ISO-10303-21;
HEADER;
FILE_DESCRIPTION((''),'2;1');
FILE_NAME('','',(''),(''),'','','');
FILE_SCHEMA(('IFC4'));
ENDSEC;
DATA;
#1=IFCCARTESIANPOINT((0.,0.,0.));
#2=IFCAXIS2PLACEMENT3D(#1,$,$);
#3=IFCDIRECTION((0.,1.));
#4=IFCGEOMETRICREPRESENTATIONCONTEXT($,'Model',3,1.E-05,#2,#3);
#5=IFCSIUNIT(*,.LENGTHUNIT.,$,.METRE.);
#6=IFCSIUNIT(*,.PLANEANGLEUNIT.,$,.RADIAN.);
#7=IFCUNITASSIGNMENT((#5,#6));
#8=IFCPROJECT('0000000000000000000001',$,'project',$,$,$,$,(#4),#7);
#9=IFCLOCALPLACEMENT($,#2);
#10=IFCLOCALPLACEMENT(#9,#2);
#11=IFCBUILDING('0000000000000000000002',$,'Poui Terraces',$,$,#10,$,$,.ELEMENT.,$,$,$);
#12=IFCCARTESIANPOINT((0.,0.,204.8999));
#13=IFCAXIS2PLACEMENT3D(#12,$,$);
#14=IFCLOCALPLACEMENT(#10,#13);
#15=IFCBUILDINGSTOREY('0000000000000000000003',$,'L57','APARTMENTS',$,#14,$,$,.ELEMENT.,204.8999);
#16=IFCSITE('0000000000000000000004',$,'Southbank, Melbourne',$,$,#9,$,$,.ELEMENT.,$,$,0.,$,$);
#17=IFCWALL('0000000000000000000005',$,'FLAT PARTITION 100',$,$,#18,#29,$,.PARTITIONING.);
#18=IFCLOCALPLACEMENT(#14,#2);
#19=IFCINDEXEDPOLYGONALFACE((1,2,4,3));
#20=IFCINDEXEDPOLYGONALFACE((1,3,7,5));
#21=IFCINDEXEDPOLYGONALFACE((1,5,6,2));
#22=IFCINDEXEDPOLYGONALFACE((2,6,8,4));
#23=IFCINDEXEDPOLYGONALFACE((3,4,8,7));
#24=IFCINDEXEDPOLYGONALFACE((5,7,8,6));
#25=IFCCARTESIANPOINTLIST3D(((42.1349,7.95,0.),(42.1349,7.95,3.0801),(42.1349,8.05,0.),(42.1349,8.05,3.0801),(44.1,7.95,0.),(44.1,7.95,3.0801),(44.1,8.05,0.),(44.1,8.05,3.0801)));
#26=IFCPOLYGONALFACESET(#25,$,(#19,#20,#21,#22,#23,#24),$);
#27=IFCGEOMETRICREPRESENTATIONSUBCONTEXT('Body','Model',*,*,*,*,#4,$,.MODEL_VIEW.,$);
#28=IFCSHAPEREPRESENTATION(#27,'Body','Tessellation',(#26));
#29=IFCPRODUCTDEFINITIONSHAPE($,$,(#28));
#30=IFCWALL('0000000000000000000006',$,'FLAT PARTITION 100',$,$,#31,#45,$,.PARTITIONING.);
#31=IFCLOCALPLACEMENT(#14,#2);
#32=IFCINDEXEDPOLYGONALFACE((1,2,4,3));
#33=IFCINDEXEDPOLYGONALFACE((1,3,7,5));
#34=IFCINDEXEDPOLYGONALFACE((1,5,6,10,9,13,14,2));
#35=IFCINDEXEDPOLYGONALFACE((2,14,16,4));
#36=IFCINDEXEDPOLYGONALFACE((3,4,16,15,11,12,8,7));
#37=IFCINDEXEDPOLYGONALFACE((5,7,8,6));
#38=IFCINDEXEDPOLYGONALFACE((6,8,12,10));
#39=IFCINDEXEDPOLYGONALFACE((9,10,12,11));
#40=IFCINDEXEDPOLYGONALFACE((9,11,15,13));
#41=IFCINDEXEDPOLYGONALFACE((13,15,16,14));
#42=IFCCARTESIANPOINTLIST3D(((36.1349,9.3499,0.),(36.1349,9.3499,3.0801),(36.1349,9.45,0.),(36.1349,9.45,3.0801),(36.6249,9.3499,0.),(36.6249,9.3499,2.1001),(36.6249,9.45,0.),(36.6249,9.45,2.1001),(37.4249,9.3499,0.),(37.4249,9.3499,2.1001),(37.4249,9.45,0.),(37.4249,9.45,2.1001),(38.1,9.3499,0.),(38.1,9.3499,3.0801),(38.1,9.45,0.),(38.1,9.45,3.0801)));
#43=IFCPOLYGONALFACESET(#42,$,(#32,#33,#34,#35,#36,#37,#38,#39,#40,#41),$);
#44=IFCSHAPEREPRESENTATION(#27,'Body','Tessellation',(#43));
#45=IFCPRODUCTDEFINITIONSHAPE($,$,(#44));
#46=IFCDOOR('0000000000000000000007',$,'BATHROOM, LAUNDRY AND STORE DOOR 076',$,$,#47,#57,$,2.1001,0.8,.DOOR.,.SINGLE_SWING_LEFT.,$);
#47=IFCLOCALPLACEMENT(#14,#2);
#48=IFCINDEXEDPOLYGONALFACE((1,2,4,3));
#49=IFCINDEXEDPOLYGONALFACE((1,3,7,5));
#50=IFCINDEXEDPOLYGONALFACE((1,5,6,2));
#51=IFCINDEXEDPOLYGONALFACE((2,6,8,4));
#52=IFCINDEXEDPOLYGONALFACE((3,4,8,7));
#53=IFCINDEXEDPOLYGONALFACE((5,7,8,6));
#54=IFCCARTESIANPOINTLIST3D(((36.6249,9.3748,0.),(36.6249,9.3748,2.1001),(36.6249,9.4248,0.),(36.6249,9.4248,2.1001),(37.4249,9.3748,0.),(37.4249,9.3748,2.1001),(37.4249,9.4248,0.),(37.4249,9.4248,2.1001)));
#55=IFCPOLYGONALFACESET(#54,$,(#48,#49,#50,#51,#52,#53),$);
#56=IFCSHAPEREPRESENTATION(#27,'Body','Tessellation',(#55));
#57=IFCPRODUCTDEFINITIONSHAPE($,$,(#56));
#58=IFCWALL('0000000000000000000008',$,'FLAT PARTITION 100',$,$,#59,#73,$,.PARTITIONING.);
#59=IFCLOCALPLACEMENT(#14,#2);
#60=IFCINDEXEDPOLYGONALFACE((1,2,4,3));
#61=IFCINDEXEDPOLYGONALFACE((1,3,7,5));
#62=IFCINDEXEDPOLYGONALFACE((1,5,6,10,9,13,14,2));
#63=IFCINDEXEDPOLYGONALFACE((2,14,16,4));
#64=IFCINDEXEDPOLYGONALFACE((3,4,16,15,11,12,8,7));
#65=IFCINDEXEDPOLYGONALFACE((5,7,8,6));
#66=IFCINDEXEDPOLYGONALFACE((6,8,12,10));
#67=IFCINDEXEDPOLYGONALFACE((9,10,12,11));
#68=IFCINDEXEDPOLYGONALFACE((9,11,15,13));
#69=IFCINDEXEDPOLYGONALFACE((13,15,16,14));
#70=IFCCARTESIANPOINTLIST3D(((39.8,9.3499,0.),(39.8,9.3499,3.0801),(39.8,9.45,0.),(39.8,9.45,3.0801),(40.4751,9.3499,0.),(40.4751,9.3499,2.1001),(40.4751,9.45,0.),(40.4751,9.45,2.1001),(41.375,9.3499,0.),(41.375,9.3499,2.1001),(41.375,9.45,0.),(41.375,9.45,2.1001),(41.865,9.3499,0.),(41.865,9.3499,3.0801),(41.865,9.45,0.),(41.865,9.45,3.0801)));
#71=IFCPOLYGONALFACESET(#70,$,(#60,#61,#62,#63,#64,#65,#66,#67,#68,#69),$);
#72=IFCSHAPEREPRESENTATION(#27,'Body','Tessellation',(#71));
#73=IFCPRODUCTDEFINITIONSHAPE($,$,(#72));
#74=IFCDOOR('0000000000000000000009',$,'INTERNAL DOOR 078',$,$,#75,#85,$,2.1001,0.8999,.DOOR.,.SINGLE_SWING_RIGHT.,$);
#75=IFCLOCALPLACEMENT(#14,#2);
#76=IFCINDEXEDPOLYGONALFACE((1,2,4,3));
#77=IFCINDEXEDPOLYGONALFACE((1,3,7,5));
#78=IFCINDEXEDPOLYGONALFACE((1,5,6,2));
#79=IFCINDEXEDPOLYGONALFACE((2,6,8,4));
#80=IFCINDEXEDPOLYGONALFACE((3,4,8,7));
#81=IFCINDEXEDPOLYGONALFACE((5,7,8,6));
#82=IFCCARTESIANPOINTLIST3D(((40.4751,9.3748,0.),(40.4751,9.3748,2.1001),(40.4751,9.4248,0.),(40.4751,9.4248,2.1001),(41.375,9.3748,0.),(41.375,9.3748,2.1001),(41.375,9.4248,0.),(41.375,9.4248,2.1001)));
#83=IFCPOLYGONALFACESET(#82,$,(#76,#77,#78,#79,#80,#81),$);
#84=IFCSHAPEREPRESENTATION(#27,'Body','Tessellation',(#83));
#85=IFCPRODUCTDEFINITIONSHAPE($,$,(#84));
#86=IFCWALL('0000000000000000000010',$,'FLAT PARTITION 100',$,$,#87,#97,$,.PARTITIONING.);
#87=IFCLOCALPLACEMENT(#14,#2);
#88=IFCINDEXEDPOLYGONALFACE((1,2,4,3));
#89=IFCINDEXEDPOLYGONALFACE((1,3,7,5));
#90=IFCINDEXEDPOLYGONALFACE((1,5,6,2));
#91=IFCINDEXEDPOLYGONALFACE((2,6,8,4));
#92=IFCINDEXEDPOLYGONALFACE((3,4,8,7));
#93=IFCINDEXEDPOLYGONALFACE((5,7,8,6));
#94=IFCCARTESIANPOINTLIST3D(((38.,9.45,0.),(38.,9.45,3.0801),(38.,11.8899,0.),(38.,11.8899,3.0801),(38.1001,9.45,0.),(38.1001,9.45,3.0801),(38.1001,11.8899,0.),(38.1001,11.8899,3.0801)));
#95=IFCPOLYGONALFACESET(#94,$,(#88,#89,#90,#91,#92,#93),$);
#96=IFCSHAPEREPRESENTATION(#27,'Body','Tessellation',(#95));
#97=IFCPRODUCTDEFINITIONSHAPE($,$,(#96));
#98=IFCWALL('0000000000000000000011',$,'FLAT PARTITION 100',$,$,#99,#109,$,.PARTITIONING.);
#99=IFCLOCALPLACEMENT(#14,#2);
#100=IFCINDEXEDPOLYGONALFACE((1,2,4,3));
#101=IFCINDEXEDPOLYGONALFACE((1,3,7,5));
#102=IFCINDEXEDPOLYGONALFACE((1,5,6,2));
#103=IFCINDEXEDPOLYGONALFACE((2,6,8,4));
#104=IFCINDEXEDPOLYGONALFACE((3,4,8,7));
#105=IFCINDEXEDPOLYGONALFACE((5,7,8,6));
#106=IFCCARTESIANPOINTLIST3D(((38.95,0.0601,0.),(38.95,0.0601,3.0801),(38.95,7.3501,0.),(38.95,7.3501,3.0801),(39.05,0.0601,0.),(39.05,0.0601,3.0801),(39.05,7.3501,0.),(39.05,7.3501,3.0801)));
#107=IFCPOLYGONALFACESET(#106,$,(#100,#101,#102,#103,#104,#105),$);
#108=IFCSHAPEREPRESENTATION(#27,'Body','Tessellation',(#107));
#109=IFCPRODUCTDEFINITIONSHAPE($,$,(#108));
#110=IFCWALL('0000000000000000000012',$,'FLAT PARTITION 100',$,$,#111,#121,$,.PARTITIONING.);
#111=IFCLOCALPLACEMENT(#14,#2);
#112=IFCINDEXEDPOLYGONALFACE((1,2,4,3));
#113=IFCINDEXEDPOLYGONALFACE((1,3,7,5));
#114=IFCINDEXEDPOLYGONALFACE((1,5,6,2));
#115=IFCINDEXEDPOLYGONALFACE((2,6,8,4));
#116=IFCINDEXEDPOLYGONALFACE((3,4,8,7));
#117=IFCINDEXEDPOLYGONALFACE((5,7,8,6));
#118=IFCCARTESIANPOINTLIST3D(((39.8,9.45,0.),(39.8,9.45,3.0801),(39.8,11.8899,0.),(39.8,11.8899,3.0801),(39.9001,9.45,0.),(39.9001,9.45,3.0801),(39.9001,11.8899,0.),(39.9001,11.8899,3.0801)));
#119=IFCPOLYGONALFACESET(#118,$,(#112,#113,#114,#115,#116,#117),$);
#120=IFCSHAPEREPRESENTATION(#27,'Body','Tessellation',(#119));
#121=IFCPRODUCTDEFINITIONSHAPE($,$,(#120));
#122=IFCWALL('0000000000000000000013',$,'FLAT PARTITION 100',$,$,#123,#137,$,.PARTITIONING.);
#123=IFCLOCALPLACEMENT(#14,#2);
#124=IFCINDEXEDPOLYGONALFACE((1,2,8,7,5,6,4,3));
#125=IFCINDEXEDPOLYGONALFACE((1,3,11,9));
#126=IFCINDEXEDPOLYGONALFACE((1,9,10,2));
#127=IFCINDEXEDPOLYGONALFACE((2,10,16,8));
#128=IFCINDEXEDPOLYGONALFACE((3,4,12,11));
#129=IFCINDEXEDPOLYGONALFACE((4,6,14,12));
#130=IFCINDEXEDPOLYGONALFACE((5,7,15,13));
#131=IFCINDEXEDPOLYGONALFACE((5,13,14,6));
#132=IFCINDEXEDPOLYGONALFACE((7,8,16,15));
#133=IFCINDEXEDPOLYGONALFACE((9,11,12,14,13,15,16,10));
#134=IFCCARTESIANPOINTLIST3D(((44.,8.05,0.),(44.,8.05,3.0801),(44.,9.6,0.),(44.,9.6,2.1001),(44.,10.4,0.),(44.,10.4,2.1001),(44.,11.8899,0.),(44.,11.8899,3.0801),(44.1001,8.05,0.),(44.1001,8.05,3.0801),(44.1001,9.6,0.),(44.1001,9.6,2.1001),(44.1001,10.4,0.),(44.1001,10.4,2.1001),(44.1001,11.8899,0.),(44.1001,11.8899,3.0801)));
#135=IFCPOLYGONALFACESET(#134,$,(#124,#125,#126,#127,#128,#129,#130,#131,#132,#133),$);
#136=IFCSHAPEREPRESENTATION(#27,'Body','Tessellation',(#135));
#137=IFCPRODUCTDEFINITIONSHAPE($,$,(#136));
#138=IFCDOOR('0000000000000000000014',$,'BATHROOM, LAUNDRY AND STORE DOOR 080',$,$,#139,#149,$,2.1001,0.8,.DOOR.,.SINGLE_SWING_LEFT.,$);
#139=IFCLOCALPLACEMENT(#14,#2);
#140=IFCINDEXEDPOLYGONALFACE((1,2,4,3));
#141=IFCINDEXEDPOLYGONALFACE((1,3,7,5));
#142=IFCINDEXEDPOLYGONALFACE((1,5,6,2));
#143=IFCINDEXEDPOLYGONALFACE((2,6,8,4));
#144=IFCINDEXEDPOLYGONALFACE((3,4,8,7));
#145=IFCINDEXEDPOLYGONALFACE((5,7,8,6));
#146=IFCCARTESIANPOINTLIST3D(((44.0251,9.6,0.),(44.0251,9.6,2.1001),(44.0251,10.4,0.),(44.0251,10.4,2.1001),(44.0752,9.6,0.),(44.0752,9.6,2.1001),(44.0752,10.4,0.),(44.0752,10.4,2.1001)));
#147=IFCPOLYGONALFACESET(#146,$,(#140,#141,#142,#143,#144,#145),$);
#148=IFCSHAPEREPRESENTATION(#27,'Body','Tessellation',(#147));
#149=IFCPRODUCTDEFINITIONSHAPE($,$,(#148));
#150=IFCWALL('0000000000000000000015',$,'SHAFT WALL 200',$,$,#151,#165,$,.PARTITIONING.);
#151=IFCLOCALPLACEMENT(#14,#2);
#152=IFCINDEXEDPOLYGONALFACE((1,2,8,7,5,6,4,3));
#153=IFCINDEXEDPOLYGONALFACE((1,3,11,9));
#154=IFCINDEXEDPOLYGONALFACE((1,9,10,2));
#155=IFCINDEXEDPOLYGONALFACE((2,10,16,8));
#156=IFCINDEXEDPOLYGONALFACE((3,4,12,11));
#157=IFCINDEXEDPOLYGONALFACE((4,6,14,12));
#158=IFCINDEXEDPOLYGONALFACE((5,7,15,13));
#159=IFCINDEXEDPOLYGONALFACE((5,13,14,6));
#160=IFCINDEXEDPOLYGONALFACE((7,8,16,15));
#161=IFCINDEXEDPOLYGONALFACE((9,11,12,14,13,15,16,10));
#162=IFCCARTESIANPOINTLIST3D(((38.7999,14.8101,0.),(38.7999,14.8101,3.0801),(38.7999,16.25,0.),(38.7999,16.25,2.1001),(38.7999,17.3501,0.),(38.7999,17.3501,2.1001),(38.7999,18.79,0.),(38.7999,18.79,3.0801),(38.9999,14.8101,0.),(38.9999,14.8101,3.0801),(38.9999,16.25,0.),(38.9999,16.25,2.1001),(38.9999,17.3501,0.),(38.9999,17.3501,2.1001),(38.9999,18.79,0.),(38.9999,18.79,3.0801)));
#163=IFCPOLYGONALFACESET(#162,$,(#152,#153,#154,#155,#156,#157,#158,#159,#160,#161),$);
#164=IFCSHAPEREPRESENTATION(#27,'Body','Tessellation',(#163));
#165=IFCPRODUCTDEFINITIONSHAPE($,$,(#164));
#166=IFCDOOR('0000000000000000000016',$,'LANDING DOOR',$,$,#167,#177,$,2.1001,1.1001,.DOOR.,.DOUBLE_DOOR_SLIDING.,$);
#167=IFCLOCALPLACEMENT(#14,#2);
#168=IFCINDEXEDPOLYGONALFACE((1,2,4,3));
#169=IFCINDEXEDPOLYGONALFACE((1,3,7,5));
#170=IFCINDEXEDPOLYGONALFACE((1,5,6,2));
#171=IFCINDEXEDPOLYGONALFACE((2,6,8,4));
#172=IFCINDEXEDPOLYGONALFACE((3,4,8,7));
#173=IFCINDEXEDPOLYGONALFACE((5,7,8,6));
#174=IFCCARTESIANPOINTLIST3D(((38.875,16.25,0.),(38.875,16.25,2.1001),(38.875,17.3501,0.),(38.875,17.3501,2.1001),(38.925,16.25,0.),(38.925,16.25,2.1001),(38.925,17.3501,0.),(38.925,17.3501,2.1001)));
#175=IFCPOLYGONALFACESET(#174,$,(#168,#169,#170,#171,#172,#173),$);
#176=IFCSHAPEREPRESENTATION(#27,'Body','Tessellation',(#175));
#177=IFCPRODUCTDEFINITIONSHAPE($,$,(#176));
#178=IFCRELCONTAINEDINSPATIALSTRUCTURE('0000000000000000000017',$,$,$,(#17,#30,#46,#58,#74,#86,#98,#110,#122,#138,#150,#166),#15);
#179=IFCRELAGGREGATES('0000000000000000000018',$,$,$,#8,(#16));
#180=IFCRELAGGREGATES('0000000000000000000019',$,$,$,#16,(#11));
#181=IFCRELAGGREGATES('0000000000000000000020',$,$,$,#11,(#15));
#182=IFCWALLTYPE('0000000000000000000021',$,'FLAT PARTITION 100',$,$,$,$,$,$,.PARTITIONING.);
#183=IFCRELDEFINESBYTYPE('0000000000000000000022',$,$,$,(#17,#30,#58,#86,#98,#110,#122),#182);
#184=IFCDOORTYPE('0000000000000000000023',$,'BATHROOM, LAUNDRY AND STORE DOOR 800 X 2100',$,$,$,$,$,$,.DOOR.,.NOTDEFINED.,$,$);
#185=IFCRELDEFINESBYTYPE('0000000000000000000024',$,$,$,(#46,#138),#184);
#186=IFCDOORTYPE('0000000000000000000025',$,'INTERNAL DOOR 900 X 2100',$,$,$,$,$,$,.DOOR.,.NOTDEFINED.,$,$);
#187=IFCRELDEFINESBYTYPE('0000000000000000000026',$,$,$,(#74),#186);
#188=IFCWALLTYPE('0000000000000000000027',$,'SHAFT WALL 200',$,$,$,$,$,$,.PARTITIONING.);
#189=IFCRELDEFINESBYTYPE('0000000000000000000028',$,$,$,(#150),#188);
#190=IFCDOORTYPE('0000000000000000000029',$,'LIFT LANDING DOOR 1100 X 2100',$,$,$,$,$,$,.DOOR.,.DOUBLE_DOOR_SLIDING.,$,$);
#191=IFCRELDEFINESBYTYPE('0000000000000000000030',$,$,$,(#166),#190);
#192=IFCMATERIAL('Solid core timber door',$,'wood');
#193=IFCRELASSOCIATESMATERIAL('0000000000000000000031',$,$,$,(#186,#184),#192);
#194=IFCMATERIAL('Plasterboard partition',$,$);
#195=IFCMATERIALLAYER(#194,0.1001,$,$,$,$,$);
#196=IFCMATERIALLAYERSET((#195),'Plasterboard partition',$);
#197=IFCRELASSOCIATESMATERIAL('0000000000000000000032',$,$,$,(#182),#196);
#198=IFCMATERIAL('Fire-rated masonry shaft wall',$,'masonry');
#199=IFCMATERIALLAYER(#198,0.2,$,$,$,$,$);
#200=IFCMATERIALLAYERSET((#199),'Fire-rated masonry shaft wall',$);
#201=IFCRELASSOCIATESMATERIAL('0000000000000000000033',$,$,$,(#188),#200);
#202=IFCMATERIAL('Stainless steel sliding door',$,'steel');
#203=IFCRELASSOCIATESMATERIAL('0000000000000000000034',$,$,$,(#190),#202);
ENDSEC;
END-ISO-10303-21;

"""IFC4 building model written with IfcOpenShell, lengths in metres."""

from ifc_helpers import new_model, si_unit, direction, frame, frame_2d, origin, place, context, subcontext, project, spatial, rectangle, extrude, material, layer, layer_set, type_object, element, fill, save


model = new_model("IFC4")

# Units and contexts
model_context = context("Model", 3, precision=1e-05, world=origin(), true_north=direction((0.0, 1.0)))
body_context = subcontext(model_context, "Body", "Model", "MODEL_VIEW")
ifc_project = project(units=[si_unit("LENGTHUNIT", "METRE"), si_unit("PLANEANGLEUNIT", "RADIAN")], contexts=[model_context])

# Site, building, storey
site_placement = place(None, origin())
site = spatial("IfcSite", under=ifc_project, at=site_placement, Name="Southbank, Melbourne", CompositionType="ELEMENT", RefElevation=0.0)
building_placement = place(site_placement, origin())
building = spatial("IfcBuilding", under=site, at=building_placement, Name="Poui Terraces", CompositionType="ELEMENT")
storey_placement = place(building_placement, frame((0.0, 0.0, 204.8999)))
storey = spatial("IfcBuildingStorey", under=building, at=storey_placement, Name="L57", Description="APARTMENTS", CompositionType="ELEMENT", Elevation=204.8999)

# Shared definitions
ifc_material_1 = material(Name="Solid core timber door", Category="wood")
door_type_1 = type_object("IfcDoorType", Name="INTERNAL DOOR 900 X 2100", OperationType="NOTDEFINED", PredefinedType="DOOR", material=ifc_material_1)

# Shared definitions
ifc_material_2 = material(Name="Plasterboard partition")
ifc_layer_1 = layer(ifc_material_2, 0.1001)
ifc_layer_set_1 = layer_set([ifc_layer_1], Name="Plasterboard partition")
wall_type_1 = type_object("IfcWallType", Name="FLAT PARTITION 100", PredefinedType="PARTITIONING", material=ifc_layer_set_1)

# Wall
wall_1_placement = place(storey_placement, frame((42.135, 8.0, 0.0), z_axis=(0.0, 0.0, 1.0), x_axis=(1.0, 0.0, 0.0)))
element("IfcWall", 1, at=wall_1_placement, inside=storey, type_object=wall_type_1, Name="FLAT PARTITION 100", PredefinedType="PARTITIONING", context=body_context, shape_type="SweptSolid", body=[
    extrude(rectangle(XDim=1.9651, YDim=0.1001, at=frame_2d((0.9824, 0.0))), origin(), (0.0, 0.0, 1.0), 3.0801),
])

# Walls, openings, doors
wall_2_placement = place(storey_placement, frame((36.135, 9.3999, 0.0), z_axis=(0.0, 0.0, 1.0), x_axis=(1.0, 0.0, 0.0)))
wall_2 = element("IfcWall", 2, at=wall_2_placement, inside=storey, type_object=wall_type_1, Name="FLAT PARTITION 100", PredefinedType="PARTITIONING", context=body_context, shape_type="SweptSolid", body=[
    extrude(rectangle(XDim=1.9651, YDim=0.1001, at=frame_2d((0.9824, 0.0))), origin(), (0.0, 0.0, 1.0), 3.0801),
])
opening_1_placement = place(wall_2_placement, frame((0.49, 0.0, 0.0)))
opening_1 = element("IfcOpeningElement", 3, at=opening_1_placement, cuts=wall_2, PredefinedType="OPENING", context=body_context, shape_type="SweptSolid", body=[
    extrude(rectangle(XDim=0.8, YDim=2.1001, at=frame_2d((0.3999, 1.05))), frame((0.0, 0.0601, 0.0), z_axis=(0.0, -1.0, 0.0), x_axis=(1.0, 0.0, 0.0)), (0.0, 0.0, 1.0), 0.1201),
])
door_type_2 = type_object("IfcDoorType", Name="BATHROOM, LAUNDRY AND STORE DOOR 800 X 2100", OperationType="NOTDEFINED", PredefinedType="DOOR", material=ifc_material_1)
door_1_placement = place(opening_1_placement, origin())
door_1 = element("IfcDoor", 4, at=door_1_placement, inside=storey, type_object=door_type_2, Name="BATHROOM, LAUNDRY AND STORE DOOR 076", OperationType="SINGLE_SWING_LEFT", OverallHeight=2.1001, OverallWidth=0.8, PredefinedType="DOOR", context=body_context, shape_type="SweptSolid", body=[
    extrude(rectangle(XDim=0.8, YDim=2.1001, at=frame_2d((0.3999, 1.05))), frame((0.0, 0.0249, 0.0), z_axis=(0.0, -1.0, 0.0), x_axis=(1.0, 0.0, 0.0)), (0.0, 0.0, 1.0), 0.05),
])
fill(opening_1, door_1)
wall_3_placement = place(storey_placement, frame((39.8, 9.3999, 0.0), z_axis=(0.0, 0.0, 1.0), x_axis=(1.0, 0.0, 0.0)))
wall_3 = element("IfcWall", 5, at=wall_3_placement, inside=storey, type_object=wall_type_1, Name="FLAT PARTITION 100", PredefinedType="PARTITIONING", context=body_context, shape_type="SweptSolid", body=[
    extrude(rectangle(XDim=2.0649, YDim=0.1001, at=frame_2d((1.0325, 0.0))), origin(), (0.0, 0.0, 1.0), 3.0801),
])
opening_2_placement = place(wall_3_placement, frame((0.675, 0.0, 0.0)))
opening_2 = element("IfcOpeningElement", 6, at=opening_2_placement, cuts=wall_3, PredefinedType="OPENING", context=body_context, shape_type="SweptSolid", body=[
    extrude(rectangle(XDim=0.8999, YDim=2.1001, at=frame_2d((0.45, 1.05))), frame((0.0, 0.0601, 0.0), z_axis=(0.0, -1.0, 0.0), x_axis=(1.0, 0.0, 0.0)), (0.0, 0.0, 1.0), 0.1201),
])
door_2_placement = place(opening_2_placement, origin())
door_2 = element("IfcDoor", 7, at=door_2_placement, inside=storey, type_object=door_type_1, Name="INTERNAL DOOR 078", OperationType="SINGLE_SWING_RIGHT", OverallHeight=2.1001, OverallWidth=0.8999, PredefinedType="DOOR", context=body_context, shape_type="SweptSolid", body=[
    extrude(rectangle(XDim=0.8999, YDim=2.1001, at=frame_2d((0.45, 1.05))), frame((0.0, 0.0249, 0.0), z_axis=(0.0, -1.0, 0.0), x_axis=(1.0, 0.0, 0.0)), (0.0, 0.0, 1.0), 0.05),
])
fill(opening_2, door_2)

# Walls
wall_4_placement = place(storey_placement, frame((38.05, 9.45, 0.0), z_axis=(0.0, 0.0, 1.0), x_axis=(0.0, 1.0, 0.0)))
element("IfcWall", 8, at=wall_4_placement, inside=storey, type_object=wall_type_1, Name="FLAT PARTITION 100", PredefinedType="PARTITIONING", context=body_context, shape_type="SweptSolid", body=[
    extrude(rectangle(XDim=2.4399, YDim=0.1001, at=frame_2d((1.22, 0.0))), origin(), (0.0, 0.0, 1.0), 3.0801),
])
wall_5_placement = place(storey_placement, frame((39.0, 0.0601, 0.0), z_axis=(0.0, 0.0, 1.0), x_axis=(0.0, 1.0, 0.0)))
element("IfcWall", 9, at=wall_5_placement, inside=storey, type_object=wall_type_1, Name="FLAT PARTITION 100", PredefinedType="PARTITIONING", context=body_context, shape_type="SweptSolid", body=[
    extrude(rectangle(XDim=7.29, YDim=0.1001, at=frame_2d((3.645, 0.0))), origin(), (0.0, 0.0, 1.0), 3.0801),
])
wall_6_placement = place(storey_placement, frame((39.8501, 9.45, 0.0), z_axis=(0.0, 0.0, 1.0), x_axis=(0.0, 1.0, 0.0)))
element("IfcWall", 10, at=wall_6_placement, inside=storey, type_object=wall_type_1, Name="FLAT PARTITION 100", PredefinedType="PARTITIONING", context=body_context, shape_type="SweptSolid", body=[
    extrude(rectangle(XDim=2.4399, YDim=0.1001, at=frame_2d((1.22, 0.0))), origin(), (0.0, 0.0, 1.0), 3.0801),
])

# Walls, openings, doors
wall_7_placement = place(storey_placement, frame((44.05, 8.05, 0.0), z_axis=(0.0, 0.0, 1.0), x_axis=(0.0, 1.0, 0.0)))
wall_7 = element("IfcWall", 11, at=wall_7_placement, inside=storey, type_object=wall_type_1, Name="FLAT PARTITION 100", PredefinedType="PARTITIONING", context=body_context, shape_type="SweptSolid", body=[
    extrude(rectangle(XDim=3.8398, YDim=0.1001, at=frame_2d((1.9199, 0.0))), origin(), (0.0, 0.0, 1.0), 3.0801),
])
opening_3_placement = place(wall_7_placement, frame((1.55, 0.0, 0.0)))
opening_3 = element("IfcOpeningElement", 12, at=opening_3_placement, cuts=wall_7, PredefinedType="OPENING", context=body_context, shape_type="SweptSolid", body=[
    extrude(rectangle(XDim=0.8, YDim=2.1001, at=frame_2d((0.3999, 1.05))), frame((0.0, 0.0601, 0.0), z_axis=(0.0, -1.0, 0.0), x_axis=(1.0, 0.0, 0.0)), (0.0, 0.0, 1.0), 0.1201),
])
door_3_placement = place(opening_3_placement, origin())
door_3 = element("IfcDoor", 13, at=door_3_placement, inside=storey, type_object=door_type_2, Name="BATHROOM, LAUNDRY AND STORE DOOR 080", OperationType="SINGLE_SWING_LEFT", OverallHeight=2.1001, OverallWidth=0.8, PredefinedType="DOOR", context=body_context, shape_type="SweptSolid", body=[
    extrude(rectangle(XDim=0.8, YDim=2.1001, at=frame_2d((0.3999, 1.05))), frame((0.0, 0.0249, 0.0), z_axis=(0.0, -1.0, 0.0), x_axis=(1.0, 0.0, 0.0)), (0.0, 0.0, 1.0), 0.05),
])
fill(opening_3, door_3)
ifc_material_3 = material(Name="Fire-rated masonry shaft wall", Category="masonry")
ifc_layer_2 = layer(ifc_material_3, 0.2)
ifc_layer_set_2 = layer_set([ifc_layer_2], Name="Fire-rated masonry shaft wall")
wall_type_2 = type_object("IfcWallType", Name="SHAFT WALL 200", PredefinedType="PARTITIONING", material=ifc_layer_set_2)
wall_8_placement = place(storey_placement, frame((38.8999, 14.8101, 0.0), z_axis=(0.0, 0.0, 1.0), x_axis=(0.0, 1.0, 0.0)))
wall_8 = element("IfcWall", 14, at=wall_8_placement, inside=storey, type_object=wall_type_2, Name="SHAFT WALL 200", PredefinedType="PARTITIONING", context=body_context, shape_type="SweptSolid", body=[
    extrude(rectangle(XDim=3.98, YDim=0.2, at=frame_2d((1.99, 0.0))), origin(), (0.0, 0.0, 1.0), 3.0801),
])
opening_4_placement = place(wall_8_placement, frame((1.4399, 0.0, 0.0)))
opening_4 = element("IfcOpeningElement", 15, at=opening_4_placement, cuts=wall_8, PredefinedType="OPENING", context=body_context, shape_type="SweptSolid", body=[
    extrude(rectangle(XDim=1.1001, YDim=2.1001, at=frame_2d((0.55, 1.05))), frame((0.0, 0.1099, 0.0), z_axis=(0.0, -1.0, 0.0), x_axis=(1.0, 0.0, 0.0)), (0.0, 0.0, 1.0), 0.22),
])
ifc_material_4 = material(Name="Stainless steel sliding door", Category="steel")
door_type_3 = type_object("IfcDoorType", Name="LIFT LANDING DOOR 1100 X 2100", OperationType="DOUBLE_DOOR_SLIDING", PredefinedType="DOOR", material=ifc_material_4)
door_4_placement = place(opening_4_placement, origin())
door_4 = element("IfcDoor", 16, at=door_4_placement, inside=storey, type_object=door_type_3, Name="LANDING DOOR", OperationType="DOUBLE_DOOR_SLIDING", OverallHeight=2.1001, OverallWidth=1.1001, PredefinedType="DOOR", context=body_context, shape_type="SweptSolid", body=[
    extrude(rectangle(XDim=1.1001, YDim=2.1001, at=frame_2d((0.55, 1.05))), frame((0.0, 0.0249, 0.0), z_axis=(0.0, -1.0, 0.0), x_axis=(1.0, 0.0, 0.0)), (0.0, 0.0, 1.0), 0.05),
])
fill(opening_4, door_4)

save(model, "model.ifc")
